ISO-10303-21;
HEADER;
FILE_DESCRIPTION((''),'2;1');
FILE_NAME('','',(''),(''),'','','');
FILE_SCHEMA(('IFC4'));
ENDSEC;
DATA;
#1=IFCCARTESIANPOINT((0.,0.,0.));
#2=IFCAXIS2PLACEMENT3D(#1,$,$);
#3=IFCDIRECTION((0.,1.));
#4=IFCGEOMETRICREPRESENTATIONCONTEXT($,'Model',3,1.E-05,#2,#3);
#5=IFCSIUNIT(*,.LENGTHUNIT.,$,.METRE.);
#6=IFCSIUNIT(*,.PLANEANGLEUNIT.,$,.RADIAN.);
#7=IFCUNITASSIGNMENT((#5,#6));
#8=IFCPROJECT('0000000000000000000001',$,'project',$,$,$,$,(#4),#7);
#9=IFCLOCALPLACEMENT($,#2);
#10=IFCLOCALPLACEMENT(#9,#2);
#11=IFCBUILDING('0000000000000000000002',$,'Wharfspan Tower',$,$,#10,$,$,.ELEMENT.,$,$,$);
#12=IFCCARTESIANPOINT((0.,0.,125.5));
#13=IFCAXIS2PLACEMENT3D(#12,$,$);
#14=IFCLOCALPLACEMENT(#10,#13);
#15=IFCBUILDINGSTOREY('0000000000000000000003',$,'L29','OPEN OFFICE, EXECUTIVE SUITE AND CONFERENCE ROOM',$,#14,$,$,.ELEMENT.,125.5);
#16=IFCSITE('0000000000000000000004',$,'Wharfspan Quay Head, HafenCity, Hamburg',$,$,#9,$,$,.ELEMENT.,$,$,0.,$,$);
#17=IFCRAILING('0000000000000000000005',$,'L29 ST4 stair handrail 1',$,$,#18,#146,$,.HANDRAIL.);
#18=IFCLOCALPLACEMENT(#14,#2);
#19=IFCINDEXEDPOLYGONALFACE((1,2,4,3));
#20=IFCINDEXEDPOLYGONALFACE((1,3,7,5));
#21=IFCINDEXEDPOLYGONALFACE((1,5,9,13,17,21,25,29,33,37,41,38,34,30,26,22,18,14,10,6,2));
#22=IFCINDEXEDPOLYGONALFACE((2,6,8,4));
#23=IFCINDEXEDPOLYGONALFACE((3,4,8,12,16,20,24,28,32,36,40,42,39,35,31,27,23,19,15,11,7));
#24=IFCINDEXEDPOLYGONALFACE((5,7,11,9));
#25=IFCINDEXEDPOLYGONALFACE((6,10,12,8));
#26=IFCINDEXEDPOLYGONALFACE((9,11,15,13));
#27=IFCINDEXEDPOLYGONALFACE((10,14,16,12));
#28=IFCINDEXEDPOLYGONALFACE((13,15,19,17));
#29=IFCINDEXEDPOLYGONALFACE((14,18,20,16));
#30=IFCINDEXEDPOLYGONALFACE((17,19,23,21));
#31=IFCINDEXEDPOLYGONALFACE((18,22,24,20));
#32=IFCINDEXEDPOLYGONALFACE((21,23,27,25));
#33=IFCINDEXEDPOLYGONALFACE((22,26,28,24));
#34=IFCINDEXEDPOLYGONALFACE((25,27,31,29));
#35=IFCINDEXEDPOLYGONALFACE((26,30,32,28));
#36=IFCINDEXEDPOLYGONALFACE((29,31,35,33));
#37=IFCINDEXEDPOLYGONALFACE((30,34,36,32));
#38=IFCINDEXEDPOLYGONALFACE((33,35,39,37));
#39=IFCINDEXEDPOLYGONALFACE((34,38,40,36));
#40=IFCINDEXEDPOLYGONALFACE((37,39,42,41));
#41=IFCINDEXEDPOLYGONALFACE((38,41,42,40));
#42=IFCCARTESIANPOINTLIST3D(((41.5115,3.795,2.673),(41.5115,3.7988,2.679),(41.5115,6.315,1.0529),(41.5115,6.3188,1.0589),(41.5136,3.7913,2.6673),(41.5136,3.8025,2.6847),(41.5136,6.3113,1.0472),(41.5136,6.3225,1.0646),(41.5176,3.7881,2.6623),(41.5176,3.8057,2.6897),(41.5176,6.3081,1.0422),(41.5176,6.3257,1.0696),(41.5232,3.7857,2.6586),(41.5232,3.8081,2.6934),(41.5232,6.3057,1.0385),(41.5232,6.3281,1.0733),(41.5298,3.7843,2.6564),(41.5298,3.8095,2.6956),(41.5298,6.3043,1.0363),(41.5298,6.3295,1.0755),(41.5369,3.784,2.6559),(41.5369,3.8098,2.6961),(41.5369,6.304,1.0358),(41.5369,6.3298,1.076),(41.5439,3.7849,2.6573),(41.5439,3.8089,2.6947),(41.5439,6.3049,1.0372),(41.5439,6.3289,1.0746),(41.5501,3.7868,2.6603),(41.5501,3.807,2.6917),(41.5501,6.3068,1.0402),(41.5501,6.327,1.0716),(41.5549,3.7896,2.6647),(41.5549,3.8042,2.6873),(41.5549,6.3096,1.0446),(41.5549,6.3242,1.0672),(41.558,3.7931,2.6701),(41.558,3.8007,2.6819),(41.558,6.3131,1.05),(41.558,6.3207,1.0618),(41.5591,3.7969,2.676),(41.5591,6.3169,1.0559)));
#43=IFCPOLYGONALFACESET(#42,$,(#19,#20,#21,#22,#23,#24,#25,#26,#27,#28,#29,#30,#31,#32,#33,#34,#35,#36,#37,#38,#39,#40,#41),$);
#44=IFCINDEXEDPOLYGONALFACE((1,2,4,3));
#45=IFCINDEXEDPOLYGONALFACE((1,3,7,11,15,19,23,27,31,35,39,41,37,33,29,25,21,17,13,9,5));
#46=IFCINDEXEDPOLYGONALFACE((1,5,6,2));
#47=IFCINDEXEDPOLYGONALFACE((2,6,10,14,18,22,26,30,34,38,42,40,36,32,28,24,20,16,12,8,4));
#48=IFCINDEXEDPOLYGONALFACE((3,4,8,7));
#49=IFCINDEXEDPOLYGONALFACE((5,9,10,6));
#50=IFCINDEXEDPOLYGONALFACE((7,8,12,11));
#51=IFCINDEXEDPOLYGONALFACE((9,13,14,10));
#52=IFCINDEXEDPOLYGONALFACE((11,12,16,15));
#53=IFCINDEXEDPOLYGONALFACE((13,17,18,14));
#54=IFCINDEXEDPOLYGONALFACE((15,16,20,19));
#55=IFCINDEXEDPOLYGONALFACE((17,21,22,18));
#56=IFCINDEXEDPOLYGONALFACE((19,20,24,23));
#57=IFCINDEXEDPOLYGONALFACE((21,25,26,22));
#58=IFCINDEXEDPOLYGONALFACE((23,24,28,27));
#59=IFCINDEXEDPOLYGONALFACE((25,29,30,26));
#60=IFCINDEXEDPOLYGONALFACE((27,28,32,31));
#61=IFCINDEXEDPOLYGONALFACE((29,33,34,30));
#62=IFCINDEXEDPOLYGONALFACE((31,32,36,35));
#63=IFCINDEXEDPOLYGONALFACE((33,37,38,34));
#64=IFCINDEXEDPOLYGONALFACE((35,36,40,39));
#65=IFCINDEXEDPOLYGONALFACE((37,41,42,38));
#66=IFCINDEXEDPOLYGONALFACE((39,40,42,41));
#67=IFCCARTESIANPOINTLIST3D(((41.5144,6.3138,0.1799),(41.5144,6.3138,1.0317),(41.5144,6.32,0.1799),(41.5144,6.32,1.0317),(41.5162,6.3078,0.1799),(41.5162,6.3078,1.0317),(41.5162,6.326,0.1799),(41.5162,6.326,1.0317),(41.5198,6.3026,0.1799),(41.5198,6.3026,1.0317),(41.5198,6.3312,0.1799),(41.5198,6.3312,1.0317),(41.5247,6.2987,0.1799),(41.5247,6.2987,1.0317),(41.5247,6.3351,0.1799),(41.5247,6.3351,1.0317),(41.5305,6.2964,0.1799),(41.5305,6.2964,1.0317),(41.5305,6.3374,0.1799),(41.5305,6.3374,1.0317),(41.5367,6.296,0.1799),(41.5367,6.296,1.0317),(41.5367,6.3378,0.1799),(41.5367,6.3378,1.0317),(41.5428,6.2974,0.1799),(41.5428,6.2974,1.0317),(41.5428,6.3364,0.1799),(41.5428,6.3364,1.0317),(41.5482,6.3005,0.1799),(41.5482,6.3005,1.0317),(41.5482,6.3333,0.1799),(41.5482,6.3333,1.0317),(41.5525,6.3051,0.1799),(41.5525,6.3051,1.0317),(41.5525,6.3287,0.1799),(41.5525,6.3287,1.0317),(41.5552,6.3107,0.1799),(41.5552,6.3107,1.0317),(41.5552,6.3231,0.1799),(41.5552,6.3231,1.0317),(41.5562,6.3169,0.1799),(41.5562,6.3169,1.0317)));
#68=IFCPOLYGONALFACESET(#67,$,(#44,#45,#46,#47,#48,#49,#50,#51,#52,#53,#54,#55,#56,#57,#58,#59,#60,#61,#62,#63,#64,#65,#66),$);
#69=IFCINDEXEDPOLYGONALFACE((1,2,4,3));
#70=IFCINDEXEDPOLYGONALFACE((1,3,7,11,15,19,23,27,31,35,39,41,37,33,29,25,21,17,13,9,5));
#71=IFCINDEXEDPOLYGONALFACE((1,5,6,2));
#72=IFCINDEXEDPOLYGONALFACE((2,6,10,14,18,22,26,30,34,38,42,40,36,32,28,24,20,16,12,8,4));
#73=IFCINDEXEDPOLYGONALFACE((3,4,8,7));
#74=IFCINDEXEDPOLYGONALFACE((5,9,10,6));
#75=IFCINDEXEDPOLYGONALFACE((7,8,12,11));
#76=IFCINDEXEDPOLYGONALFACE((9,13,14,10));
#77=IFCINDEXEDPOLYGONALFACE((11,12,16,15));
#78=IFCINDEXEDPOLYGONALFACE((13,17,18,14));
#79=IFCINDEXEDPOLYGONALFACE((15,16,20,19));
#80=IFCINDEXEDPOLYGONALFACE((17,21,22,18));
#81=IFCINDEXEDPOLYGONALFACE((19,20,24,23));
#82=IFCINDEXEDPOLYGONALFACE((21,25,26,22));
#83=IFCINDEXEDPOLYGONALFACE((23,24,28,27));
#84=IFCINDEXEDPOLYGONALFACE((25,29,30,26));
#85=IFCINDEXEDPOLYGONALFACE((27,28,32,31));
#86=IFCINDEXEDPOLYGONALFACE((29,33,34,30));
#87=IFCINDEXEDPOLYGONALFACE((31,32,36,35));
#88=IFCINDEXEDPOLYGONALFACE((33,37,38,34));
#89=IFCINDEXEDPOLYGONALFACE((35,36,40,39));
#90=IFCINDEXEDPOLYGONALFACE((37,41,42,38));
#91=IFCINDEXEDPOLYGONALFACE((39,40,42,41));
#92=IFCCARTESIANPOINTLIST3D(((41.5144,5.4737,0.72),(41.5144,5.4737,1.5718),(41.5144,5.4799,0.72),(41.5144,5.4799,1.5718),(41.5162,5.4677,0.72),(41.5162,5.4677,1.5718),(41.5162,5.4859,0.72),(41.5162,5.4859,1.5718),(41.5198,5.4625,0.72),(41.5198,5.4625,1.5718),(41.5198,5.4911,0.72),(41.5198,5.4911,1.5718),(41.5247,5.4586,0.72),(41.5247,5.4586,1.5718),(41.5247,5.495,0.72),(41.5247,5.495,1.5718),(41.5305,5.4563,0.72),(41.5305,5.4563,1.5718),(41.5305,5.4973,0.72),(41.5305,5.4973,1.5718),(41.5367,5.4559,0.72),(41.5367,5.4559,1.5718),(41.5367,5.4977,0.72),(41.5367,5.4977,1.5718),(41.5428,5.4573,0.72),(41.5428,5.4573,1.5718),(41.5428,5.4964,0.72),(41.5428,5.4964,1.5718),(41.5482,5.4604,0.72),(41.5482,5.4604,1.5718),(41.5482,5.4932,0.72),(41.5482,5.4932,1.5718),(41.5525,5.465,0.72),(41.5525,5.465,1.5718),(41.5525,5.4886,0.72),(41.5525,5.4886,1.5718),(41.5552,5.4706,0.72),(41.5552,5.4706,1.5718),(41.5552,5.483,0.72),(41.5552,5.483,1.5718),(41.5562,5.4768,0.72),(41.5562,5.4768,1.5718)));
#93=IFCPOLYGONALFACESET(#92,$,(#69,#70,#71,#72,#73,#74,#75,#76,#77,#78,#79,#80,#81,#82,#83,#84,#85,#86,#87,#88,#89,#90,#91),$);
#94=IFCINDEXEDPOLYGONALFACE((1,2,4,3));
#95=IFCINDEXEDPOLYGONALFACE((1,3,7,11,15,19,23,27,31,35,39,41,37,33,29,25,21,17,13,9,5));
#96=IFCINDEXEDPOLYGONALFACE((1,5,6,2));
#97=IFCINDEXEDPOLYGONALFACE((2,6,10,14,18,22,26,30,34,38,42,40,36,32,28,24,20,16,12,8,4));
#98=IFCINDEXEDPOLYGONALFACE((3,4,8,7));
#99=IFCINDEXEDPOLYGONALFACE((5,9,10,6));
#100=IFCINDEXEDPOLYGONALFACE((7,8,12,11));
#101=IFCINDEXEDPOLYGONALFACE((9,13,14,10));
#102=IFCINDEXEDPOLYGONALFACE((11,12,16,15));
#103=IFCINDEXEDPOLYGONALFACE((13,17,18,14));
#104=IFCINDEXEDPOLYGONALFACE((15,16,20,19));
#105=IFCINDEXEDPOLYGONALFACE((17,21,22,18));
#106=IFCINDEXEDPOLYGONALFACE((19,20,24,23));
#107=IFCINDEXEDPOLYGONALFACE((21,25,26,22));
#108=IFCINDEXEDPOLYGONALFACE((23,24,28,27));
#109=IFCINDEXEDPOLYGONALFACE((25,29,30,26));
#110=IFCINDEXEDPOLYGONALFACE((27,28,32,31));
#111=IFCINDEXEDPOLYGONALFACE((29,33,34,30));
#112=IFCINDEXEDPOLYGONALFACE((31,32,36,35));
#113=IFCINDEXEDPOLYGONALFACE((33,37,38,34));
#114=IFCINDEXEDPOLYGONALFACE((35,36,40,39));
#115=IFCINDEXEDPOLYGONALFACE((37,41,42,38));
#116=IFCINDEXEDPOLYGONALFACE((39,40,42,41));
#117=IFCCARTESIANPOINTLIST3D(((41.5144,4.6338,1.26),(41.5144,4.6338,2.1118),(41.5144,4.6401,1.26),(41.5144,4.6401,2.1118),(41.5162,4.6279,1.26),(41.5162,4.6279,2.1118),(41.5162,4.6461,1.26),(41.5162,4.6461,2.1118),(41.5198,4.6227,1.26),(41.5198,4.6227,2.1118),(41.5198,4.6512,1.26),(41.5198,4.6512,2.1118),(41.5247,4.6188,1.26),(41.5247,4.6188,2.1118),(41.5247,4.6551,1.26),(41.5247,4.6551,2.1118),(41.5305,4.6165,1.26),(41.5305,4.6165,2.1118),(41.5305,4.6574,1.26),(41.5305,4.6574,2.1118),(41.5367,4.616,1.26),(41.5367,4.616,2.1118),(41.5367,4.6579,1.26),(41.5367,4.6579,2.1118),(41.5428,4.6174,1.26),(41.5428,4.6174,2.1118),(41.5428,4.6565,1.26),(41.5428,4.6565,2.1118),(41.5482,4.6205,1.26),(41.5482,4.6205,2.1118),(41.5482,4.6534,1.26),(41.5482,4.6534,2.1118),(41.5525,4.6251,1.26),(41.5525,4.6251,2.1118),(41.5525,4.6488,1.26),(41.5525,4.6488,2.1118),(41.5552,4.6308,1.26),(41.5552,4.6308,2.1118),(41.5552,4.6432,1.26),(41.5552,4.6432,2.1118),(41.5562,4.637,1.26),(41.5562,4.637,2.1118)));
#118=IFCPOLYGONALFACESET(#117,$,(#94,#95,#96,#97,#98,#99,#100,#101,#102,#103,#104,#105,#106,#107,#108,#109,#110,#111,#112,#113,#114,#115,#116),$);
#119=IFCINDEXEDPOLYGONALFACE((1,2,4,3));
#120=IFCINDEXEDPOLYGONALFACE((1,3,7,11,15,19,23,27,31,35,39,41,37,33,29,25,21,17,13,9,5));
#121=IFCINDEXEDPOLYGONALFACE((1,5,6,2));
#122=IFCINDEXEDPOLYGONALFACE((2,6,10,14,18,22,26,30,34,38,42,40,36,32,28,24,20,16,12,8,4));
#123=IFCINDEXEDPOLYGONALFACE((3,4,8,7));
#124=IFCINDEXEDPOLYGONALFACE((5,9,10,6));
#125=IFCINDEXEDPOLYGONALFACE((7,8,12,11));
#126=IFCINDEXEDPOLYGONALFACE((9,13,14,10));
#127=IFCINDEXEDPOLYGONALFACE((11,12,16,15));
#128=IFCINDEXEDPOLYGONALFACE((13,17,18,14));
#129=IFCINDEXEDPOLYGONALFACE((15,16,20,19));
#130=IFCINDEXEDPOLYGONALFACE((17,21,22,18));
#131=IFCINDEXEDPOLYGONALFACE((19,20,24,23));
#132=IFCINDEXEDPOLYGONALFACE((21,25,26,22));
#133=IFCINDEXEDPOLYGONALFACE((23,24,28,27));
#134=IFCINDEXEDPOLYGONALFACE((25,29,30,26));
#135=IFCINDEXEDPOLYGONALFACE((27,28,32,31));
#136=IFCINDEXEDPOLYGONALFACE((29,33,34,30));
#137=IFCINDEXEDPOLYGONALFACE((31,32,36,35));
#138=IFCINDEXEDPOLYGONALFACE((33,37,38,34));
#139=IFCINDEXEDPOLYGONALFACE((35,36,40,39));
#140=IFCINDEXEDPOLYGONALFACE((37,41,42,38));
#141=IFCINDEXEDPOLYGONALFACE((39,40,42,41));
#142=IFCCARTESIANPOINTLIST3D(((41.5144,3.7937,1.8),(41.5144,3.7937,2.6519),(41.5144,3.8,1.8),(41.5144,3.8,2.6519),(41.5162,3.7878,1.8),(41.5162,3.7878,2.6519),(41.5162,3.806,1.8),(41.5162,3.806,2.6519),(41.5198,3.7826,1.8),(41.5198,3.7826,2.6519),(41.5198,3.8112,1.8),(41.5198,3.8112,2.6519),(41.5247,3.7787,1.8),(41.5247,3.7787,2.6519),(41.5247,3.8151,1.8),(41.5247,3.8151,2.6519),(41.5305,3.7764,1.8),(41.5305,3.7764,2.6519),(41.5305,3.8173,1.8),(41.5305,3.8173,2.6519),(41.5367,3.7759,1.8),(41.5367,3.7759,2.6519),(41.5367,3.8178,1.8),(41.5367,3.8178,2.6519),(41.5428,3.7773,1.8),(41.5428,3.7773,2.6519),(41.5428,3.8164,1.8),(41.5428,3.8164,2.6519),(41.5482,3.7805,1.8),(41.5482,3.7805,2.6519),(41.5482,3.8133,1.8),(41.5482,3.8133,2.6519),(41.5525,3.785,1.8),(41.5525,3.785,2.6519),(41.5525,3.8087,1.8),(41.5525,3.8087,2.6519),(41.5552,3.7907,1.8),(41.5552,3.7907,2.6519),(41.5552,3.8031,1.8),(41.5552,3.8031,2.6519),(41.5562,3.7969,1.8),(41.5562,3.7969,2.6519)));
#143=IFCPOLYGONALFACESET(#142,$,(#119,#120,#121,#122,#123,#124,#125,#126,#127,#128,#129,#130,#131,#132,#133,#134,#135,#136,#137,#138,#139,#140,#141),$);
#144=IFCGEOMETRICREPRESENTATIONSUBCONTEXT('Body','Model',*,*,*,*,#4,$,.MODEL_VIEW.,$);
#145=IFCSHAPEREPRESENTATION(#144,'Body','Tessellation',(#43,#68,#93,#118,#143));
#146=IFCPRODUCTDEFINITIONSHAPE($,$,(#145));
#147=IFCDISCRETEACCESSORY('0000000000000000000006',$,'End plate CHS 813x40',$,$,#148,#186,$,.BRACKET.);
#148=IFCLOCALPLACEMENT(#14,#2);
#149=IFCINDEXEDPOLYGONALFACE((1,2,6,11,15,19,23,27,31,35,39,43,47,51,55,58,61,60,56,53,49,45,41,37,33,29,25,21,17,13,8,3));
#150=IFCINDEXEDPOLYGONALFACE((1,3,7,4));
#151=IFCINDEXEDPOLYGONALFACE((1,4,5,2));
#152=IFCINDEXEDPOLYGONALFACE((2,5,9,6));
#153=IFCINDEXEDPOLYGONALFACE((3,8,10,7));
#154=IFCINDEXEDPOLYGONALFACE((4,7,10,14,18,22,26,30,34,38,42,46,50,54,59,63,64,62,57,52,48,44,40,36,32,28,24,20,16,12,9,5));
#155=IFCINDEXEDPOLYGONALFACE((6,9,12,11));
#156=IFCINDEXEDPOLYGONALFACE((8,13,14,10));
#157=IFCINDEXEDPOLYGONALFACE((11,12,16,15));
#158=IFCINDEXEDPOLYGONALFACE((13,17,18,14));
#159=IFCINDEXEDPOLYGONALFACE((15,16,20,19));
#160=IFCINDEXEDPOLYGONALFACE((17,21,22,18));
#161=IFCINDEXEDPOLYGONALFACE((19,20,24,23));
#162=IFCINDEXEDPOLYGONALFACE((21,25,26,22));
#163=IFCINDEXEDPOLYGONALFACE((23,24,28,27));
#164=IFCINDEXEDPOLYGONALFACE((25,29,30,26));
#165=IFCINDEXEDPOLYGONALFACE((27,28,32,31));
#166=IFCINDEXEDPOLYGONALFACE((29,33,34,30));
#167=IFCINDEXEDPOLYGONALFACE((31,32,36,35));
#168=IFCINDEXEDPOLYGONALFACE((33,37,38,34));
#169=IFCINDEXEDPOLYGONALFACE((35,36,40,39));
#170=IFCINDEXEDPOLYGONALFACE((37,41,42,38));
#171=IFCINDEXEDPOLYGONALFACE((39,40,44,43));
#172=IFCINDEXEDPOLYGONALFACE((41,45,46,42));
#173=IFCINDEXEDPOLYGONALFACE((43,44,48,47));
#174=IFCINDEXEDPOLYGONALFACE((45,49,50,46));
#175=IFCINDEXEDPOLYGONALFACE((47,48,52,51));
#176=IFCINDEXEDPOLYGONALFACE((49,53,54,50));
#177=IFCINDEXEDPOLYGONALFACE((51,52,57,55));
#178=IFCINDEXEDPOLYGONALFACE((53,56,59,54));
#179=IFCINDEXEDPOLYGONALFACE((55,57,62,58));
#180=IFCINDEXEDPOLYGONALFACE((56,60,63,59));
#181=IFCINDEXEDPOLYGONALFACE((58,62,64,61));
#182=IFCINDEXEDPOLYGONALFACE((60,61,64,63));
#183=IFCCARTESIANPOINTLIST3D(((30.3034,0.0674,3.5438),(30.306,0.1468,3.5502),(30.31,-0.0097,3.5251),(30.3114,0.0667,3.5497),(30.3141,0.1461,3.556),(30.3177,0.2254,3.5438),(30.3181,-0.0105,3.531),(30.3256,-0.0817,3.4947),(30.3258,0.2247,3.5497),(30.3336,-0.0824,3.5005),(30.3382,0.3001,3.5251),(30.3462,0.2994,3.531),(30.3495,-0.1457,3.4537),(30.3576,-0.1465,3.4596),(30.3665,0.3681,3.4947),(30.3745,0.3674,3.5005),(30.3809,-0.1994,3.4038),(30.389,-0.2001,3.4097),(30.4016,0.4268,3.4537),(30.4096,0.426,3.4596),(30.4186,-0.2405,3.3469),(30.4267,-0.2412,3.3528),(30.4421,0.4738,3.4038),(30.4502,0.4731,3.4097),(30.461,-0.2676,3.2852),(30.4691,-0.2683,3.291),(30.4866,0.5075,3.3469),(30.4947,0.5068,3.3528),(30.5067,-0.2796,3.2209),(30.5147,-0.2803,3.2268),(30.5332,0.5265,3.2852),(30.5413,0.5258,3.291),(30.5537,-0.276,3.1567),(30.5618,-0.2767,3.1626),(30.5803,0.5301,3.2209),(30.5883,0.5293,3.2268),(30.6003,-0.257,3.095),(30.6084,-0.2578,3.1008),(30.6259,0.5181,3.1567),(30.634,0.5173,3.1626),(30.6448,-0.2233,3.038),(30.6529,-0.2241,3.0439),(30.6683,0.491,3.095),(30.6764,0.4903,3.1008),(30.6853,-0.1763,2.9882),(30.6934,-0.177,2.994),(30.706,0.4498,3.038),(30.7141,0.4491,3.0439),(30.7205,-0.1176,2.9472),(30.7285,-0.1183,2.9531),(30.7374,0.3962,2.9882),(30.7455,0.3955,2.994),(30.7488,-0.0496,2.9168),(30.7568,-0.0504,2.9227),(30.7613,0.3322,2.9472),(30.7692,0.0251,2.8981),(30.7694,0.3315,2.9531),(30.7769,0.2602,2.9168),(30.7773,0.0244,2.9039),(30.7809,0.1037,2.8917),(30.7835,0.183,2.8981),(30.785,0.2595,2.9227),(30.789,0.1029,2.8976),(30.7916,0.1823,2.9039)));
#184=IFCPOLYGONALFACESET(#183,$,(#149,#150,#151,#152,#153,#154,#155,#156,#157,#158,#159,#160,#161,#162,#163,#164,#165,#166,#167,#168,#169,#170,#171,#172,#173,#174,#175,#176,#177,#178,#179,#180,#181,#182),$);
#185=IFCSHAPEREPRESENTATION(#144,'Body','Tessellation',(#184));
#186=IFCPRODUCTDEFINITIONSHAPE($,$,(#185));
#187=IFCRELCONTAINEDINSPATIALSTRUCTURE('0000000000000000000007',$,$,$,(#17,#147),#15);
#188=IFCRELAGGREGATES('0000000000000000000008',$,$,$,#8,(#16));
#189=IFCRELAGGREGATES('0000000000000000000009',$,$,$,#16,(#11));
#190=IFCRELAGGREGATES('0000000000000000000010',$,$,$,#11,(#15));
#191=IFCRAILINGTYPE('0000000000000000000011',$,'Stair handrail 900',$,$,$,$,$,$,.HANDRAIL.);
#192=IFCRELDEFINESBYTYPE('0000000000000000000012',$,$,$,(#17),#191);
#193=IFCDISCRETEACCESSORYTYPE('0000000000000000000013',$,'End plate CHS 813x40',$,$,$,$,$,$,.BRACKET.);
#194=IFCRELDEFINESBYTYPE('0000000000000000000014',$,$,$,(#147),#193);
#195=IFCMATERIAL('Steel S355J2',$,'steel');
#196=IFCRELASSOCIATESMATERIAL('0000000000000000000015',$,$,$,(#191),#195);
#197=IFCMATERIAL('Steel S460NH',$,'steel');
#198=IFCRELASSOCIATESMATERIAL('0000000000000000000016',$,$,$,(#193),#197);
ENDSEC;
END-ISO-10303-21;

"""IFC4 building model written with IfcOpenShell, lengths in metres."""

from ifc_helpers import new_model, si_unit, direction, frame, origin, origin_2d, place, context, subcontext, project, spatial, circle, extrude, material, material_profile, profile_set, type_object, element, save


model = new_model("IFC4")

# Units and contexts
model_context = context("Model", 3, precision=1e-05, world=origin(), true_north=direction((0.0, 1.0)))
body_context = subcontext(model_context, "Body", "Model", "MODEL_VIEW")
ifc_project = project(units=[si_unit("LENGTHUNIT", "METRE"), si_unit("PLANEANGLEUNIT", "RADIAN")], contexts=[model_context])

# Site, building, storey
site_placement = place(None, origin())
site = spatial("IfcSite", under=ifc_project, at=site_placement, Name="Wharfspan Quay Head, HafenCity, Hamburg", CompositionType="ELEMENT", RefElevation=0.0)
building_placement = place(site_placement, origin())
building = spatial("IfcBuilding", under=site, at=building_placement, Name="Wharfspan Tower", CompositionType="ELEMENT")
storey_placement = place(building_placement, frame((0.0, 0.0, 125.5)))
storey = spatial("IfcBuildingStorey", under=building, at=storey_placement, Name="L29", Description="OPEN OFFICE, EXECUTIVE SUITE AND CONFERENCE ROOM", CompositionType="ELEMENT", Elevation=125.5)

# Shared definitions
ifc_material_1 = material(Name="Steel S355J2", Category="steel")

# Shared definitions
ifc_material_2 = material(Name="Steel S460NH", Category="steel")

# Railing
railing_type = type_object("IfcRailingType", Name="Stair handrail 900", PredefinedType="HANDRAIL", material=ifc_material_1)
railing_placement = place(storey_placement, frame((41.5352, 6.3169, 0.1799)))
element("IfcRailing", 1, at=railing_placement, inside=storey, type_object=railing_type, Name="L29 ST4 stair handrail 1", PredefinedType="HANDRAIL", context=body_context, shape_type="SweptSolid", body=[
    extrude(circle(Radius=0.0239, at=origin_2d()), frame((0.0, 0.0, 0.876), z_axis=(0.0, -0.841163, 0.540782), x_axis=(1.0, 0.0, 0.0)), (0.0, 0.0, 1.0), 2.9958),
    extrude(circle(Radius=0.021, at=origin_2d()), origin(), (0.0, 0.0, 1.0), 0.8518),
    extrude(circle(Radius=0.021, at=origin_2d()), frame((0.0, -0.8401, 0.54)), (0.0, 0.0, 1.0), 0.8518),
    extrude(circle(Radius=0.021, at=origin_2d()), frame((0.0, -1.6799, 1.0801)), (0.0, 0.0, 1.0), 0.8518),
    extrude(circle(Radius=0.021, at=origin_2d()), frame((0.0, -2.52, 1.6201)), (0.0, 0.0, 1.0), 0.8518),
])

# Discrete accessory
ifc_material_profile_1 = material_profile(ifc_material_2, circle(Radius=0.4065, at=origin_2d()))
ifc_profile_set_1 = profile_set([ifc_material_profile_1], Name="Steel S460NH")
discrete_accessory_type = type_object("IfcDiscreteAccessoryType", Name="End plate CHS 813x40", PredefinedType="BRACKET", material=ifc_profile_set_1)
for number, where, z_axis, x_axis, name in (
    (2, (30.5435, 0.1252, 3.2209), (0.806559, -0.073324, 0.586588), (0.090536, 0.99589, 0.0), "End plate CHS 813x40"),
):
    element("IfcDiscreteAccessory", number, at=place(storey_placement, frame(where, z_axis=z_axis, x_axis=x_axis)), inside=storey, type_object=discrete_accessory_type, Name=name, PredefinedType="BRACKET", context=body_context, shape_type="SweptSolid", body=[
        extrude(circle(Radius=0.4065, at=origin_2d()), origin(), (0.0, 0.0, 1.0), 0.01),
    ])

save(model, "model.ifc")
